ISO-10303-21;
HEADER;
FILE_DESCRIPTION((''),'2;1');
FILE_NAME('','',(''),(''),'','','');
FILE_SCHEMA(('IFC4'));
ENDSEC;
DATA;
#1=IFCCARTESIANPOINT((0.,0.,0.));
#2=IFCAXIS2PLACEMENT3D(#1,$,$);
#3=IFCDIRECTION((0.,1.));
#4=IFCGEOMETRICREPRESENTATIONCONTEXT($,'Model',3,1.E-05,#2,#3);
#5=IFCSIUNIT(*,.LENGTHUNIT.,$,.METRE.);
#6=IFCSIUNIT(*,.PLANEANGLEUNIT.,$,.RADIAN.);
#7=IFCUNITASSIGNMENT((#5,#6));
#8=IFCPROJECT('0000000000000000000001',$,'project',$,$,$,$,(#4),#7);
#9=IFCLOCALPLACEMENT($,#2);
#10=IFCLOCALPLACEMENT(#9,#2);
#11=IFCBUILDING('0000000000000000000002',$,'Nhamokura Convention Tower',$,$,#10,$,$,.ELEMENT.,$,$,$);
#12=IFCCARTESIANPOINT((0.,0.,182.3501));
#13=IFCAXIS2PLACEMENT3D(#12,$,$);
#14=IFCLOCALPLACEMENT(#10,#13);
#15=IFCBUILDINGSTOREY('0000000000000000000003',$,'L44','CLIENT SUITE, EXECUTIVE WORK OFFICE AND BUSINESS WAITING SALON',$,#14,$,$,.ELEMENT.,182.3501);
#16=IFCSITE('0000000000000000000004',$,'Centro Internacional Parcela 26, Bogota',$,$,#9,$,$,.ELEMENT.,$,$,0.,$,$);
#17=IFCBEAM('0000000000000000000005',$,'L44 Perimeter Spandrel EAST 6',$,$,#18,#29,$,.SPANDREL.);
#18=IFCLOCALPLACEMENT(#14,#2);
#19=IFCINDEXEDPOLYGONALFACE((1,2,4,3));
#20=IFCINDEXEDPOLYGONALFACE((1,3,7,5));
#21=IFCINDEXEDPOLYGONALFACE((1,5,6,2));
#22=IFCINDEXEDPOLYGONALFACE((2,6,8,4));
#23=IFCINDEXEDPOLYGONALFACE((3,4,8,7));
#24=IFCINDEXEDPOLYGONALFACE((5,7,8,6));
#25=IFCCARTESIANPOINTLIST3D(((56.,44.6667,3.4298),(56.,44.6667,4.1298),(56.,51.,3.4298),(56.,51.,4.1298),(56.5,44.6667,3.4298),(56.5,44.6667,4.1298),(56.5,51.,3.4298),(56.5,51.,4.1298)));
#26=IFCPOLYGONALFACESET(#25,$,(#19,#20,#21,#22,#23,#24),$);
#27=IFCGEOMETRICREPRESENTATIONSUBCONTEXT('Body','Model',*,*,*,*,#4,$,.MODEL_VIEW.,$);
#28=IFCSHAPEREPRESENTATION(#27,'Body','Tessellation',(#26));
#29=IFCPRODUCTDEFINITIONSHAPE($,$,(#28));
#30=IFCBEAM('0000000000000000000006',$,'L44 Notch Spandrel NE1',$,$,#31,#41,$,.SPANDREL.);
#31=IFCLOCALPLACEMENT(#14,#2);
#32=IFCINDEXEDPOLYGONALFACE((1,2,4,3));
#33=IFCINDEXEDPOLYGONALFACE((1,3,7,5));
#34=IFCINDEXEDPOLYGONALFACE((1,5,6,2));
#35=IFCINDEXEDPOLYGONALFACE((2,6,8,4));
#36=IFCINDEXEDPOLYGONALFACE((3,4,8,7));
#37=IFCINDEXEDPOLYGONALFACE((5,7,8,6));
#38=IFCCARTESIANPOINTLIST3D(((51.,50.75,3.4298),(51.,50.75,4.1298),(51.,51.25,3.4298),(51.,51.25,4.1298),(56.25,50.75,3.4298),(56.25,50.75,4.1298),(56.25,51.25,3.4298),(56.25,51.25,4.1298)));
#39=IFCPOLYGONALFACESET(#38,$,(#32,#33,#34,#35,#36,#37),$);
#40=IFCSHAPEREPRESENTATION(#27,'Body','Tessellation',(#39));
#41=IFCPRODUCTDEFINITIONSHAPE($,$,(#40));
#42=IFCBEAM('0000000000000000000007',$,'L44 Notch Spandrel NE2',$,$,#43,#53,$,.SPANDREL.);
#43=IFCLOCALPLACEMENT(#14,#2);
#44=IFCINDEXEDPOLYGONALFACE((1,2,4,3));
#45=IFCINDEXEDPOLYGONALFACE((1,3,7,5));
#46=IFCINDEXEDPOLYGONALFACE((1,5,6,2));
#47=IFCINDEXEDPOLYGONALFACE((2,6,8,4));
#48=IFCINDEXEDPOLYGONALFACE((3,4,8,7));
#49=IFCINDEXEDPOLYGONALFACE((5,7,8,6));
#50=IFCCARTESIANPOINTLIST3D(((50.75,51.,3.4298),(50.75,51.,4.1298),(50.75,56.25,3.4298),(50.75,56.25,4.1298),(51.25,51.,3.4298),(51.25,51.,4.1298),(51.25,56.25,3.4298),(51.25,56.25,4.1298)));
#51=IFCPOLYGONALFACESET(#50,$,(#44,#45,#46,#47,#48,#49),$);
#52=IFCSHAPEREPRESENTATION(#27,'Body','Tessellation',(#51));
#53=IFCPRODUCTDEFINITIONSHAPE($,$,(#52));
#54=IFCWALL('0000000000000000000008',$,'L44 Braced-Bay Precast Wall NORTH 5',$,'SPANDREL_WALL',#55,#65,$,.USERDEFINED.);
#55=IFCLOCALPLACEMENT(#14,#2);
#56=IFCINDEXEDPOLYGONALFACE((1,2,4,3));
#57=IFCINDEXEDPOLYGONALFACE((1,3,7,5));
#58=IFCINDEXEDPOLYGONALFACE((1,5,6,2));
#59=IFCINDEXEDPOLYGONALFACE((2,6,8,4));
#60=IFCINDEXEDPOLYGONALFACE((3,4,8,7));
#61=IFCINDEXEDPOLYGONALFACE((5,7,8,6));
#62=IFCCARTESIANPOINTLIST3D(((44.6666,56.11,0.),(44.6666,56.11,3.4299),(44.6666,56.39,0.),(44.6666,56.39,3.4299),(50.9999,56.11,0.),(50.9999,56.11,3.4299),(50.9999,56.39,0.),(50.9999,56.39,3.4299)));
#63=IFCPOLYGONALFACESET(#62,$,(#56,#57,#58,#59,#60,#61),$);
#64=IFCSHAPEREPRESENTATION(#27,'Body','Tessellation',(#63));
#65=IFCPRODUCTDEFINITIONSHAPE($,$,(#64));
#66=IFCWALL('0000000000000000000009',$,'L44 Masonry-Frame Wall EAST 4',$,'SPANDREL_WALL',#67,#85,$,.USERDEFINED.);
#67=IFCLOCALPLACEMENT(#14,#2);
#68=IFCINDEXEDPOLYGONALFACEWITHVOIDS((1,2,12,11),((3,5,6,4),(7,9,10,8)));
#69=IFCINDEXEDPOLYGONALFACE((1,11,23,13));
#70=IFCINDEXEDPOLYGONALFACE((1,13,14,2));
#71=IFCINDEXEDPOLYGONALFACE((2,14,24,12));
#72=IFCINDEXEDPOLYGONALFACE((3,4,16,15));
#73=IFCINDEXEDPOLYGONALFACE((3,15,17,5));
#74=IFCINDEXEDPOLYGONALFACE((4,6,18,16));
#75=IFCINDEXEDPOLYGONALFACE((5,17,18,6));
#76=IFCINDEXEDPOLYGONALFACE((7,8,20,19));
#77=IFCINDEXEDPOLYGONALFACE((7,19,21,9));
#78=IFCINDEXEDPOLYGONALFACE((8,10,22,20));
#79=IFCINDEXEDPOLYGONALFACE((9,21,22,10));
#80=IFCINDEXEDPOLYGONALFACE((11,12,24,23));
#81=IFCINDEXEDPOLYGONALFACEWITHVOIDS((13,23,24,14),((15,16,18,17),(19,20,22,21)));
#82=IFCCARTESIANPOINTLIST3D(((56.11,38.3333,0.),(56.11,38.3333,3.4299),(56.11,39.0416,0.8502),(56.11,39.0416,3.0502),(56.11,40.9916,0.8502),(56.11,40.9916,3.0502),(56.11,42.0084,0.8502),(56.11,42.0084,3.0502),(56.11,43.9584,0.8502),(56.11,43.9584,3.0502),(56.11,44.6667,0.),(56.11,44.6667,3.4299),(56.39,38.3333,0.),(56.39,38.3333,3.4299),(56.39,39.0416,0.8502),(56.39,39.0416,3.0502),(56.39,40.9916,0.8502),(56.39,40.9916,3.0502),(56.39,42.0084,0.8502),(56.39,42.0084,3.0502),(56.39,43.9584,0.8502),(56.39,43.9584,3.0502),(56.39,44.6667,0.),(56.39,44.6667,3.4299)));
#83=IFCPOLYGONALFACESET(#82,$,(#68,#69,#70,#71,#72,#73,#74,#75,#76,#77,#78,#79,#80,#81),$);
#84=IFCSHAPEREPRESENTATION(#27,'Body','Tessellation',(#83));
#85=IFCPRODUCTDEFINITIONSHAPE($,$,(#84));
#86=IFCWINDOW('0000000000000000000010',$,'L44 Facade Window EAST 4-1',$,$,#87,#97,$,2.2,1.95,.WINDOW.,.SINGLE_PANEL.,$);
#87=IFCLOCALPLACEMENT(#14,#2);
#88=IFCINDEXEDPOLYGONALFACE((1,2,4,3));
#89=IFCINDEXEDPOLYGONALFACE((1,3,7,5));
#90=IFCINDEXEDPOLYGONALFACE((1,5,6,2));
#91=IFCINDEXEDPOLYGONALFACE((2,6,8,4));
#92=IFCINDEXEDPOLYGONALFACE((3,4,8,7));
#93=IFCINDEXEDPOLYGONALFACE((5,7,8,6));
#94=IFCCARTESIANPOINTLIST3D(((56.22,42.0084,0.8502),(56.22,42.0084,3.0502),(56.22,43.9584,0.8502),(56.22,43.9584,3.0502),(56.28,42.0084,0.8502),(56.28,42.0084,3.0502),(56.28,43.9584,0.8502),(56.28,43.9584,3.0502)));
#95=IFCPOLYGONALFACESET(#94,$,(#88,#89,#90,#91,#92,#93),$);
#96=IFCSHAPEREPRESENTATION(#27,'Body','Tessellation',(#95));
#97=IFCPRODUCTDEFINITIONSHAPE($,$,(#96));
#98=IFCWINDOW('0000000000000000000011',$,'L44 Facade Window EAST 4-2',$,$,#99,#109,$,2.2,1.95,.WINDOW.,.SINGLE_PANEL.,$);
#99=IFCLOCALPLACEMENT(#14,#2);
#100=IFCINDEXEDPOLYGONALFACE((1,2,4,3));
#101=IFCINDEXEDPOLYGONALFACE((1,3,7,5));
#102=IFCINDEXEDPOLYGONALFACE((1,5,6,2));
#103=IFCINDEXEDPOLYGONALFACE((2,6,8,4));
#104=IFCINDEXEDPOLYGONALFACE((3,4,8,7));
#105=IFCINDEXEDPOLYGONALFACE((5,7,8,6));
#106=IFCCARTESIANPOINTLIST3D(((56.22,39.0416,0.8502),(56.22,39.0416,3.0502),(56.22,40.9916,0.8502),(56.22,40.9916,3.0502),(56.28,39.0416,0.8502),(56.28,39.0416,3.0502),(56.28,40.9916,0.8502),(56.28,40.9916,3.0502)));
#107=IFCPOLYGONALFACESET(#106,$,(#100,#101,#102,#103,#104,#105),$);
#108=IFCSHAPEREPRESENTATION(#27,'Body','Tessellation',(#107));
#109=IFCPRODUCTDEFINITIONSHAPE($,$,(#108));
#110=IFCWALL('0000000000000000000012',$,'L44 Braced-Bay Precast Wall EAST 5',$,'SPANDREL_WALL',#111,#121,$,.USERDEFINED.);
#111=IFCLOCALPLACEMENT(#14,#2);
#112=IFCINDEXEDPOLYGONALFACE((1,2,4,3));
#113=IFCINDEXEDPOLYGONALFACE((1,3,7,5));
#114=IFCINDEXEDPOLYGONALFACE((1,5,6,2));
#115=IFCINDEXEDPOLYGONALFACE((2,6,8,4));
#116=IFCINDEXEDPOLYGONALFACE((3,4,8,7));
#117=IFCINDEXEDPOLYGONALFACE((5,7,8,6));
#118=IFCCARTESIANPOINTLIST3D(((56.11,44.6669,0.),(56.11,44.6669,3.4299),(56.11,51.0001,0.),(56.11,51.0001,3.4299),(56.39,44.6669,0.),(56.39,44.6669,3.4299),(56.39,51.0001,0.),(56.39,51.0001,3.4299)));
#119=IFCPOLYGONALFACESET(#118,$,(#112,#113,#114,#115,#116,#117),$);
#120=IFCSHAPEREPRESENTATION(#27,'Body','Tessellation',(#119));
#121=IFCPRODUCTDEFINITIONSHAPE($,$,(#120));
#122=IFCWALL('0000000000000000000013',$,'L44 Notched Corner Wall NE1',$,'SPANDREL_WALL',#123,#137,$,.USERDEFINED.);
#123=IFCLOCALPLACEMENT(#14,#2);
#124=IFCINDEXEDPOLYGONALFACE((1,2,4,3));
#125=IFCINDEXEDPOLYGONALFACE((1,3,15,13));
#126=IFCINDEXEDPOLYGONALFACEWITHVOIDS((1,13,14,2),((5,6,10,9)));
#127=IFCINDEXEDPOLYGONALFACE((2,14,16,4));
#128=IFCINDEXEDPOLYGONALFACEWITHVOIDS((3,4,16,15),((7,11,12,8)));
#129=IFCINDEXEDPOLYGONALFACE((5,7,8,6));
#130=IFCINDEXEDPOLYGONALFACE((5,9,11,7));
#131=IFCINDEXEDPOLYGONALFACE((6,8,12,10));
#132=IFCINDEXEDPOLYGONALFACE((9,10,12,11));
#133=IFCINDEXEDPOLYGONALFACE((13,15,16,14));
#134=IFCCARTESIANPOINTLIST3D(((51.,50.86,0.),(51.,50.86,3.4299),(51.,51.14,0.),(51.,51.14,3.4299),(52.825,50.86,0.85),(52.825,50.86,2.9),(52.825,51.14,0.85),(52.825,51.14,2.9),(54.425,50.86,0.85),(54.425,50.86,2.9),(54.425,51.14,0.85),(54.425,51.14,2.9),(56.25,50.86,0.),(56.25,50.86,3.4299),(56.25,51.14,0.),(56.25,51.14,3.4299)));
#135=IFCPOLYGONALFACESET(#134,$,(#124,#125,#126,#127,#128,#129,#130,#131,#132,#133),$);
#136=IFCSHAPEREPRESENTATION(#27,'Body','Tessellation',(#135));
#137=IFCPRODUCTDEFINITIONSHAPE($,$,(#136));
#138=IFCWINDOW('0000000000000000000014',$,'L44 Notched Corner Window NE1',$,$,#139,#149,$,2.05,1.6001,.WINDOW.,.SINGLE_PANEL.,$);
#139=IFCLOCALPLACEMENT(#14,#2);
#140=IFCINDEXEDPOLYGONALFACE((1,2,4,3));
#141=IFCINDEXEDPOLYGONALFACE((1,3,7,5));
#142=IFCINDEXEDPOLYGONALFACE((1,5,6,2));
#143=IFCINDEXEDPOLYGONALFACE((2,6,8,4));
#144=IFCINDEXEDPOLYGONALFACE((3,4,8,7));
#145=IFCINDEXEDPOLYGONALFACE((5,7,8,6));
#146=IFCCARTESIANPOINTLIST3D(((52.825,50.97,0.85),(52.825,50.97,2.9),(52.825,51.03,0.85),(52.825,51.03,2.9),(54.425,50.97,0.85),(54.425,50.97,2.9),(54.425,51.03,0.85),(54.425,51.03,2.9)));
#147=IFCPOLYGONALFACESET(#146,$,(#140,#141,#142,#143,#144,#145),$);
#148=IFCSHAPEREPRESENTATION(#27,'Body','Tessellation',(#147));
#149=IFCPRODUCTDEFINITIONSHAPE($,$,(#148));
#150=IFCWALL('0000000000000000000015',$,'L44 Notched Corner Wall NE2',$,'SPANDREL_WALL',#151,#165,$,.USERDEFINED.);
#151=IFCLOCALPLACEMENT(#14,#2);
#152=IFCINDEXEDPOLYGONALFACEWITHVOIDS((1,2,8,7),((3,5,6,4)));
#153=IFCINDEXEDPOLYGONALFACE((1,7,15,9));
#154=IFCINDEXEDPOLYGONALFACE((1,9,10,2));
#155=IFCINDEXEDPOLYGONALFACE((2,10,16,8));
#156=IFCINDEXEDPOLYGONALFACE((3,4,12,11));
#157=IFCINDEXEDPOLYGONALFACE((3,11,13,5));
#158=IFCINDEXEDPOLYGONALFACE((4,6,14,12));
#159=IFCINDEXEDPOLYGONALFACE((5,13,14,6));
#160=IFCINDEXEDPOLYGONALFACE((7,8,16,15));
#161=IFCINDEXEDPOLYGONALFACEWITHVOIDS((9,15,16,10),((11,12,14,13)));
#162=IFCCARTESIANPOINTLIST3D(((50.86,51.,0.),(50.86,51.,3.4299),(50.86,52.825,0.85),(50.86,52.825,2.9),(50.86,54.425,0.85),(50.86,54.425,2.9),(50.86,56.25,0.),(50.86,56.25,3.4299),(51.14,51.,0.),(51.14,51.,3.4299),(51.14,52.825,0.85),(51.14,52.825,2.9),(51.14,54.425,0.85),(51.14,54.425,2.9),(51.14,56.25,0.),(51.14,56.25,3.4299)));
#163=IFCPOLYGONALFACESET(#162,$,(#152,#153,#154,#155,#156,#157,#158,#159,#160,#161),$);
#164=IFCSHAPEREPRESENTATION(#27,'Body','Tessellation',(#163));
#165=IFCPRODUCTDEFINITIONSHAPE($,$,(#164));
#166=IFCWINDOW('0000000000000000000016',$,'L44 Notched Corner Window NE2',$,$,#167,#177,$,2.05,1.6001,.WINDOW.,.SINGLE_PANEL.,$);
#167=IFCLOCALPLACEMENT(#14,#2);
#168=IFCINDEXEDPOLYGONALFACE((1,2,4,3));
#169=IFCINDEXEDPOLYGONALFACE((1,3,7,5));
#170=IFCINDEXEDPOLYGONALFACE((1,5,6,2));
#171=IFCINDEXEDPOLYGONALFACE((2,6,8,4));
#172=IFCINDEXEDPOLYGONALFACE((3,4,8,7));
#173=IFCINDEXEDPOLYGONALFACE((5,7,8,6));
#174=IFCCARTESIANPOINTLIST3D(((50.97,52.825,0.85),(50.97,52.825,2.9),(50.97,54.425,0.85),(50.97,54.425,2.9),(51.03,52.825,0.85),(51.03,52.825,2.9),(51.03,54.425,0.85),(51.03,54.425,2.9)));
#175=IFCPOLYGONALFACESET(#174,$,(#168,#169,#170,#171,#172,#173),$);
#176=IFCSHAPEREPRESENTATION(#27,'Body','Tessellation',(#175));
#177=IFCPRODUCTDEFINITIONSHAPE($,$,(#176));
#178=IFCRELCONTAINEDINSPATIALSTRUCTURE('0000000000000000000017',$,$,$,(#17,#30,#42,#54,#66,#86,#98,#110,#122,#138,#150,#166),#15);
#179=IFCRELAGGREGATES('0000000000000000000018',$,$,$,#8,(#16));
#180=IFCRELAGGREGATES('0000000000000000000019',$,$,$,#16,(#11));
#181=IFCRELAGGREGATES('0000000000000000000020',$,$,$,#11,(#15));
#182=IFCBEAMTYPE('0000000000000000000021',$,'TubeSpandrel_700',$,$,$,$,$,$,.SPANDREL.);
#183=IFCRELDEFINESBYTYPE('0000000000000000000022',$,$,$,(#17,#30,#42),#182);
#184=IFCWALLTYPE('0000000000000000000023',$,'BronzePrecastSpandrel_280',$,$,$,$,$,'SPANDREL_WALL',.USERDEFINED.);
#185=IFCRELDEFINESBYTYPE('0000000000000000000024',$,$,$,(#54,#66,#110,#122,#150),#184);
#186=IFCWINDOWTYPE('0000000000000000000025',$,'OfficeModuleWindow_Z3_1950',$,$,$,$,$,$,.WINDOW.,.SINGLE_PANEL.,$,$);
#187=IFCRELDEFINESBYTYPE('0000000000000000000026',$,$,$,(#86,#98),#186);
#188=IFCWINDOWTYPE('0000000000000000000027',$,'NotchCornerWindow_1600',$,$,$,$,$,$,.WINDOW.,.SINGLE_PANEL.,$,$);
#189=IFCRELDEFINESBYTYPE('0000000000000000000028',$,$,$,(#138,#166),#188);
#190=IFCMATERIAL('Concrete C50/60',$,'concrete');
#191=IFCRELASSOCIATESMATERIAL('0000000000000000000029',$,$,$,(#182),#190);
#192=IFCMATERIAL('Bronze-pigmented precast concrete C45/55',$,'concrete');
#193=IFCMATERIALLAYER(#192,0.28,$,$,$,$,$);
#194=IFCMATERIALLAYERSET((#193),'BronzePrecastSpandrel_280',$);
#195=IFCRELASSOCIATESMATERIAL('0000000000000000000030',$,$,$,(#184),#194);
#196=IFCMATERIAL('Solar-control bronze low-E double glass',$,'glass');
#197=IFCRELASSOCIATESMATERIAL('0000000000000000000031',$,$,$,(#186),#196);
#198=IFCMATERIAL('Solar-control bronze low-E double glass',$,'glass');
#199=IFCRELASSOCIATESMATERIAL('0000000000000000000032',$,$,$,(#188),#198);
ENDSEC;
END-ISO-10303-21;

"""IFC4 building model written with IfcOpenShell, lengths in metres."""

from ifc_helpers import new_model, si_unit, direction, frame, frame_2d, origin, origin_2d, place, context, subcontext, project, spatial, rectangle, extrude, material, layer, layer_set, material_profile, profile_set, type_object, element, fill, save


model = new_model("IFC4")

# Units and contexts
model_context = context("Model", 3, precision=1e-05, world=origin(), true_north=direction((0.0, 1.0)))
body_context = subcontext(model_context, "Body", "Model", "MODEL_VIEW")
ifc_project = project(units=[si_unit("LENGTHUNIT", "METRE"), si_unit("PLANEANGLEUNIT", "RADIAN")], contexts=[model_context])

# Site, building, storey
site_placement = place(None, origin())
site = spatial("IfcSite", under=ifc_project, at=site_placement, Name="Centro Internacional Parcela 26, Bogota", CompositionType="ELEMENT", RefElevation=0.0)
building_placement = place(site_placement, origin())
building = spatial("IfcBuilding", under=site, at=building_placement, Name="Nhamokura Convention Tower", CompositionType="ELEMENT")
storey_placement = place(building_placement, frame((0.0, 0.0, 182.3501)))
storey = spatial("IfcBuildingStorey", under=building, at=storey_placement, Name="L44", Description="CLIENT SUITE, EXECUTIVE WORK OFFICE AND BUSINESS WAITING SALON", CompositionType="ELEMENT", Elevation=182.3501)

# Beams
ifc_material_1 = material(Name="Concrete C50/60", Category="concrete")
ifc_material_profile_1 = material_profile(ifc_material_1, rectangle(XDim=0.5, YDim=0.7, at=origin_2d()))
ifc_profile_set_1 = profile_set([ifc_material_profile_1], Name="Concrete C50/60")
beam_type = type_object("IfcBeamType", Name="TubeSpandrel_700", PredefinedType="SPANDREL", material=ifc_profile_set_1)
beam_1_placement = place(storey_placement, frame((56.25, 44.6667, 3.7798), z_axis=(0.0, 1.0, 0.0), x_axis=(-1.0, 0.0, 0.0)))
element("IfcBeam", 1, at=beam_1_placement, inside=storey, type_object=beam_type, Name="L44 Perimeter Spandrel EAST 6", PredefinedType="SPANDREL", context=body_context, shape_type="SweptSolid", body=[
    extrude(rectangle(XDim=0.5, YDim=0.7, at=origin_2d()), origin(), (0.0, 0.0, 1.0), 6.3333),
])
for number, where, z_axis, x_axis, name in (
    (2, (56.25, 51.0, 3.7798), (-1.0, 0.0, 0.0), (0.0, -1.0, 0.0), "L44 Notch Spandrel NE1"),
    (3, (51.0, 51.0, 3.7798), (0.0, 1.0, 0.0), (-1.0, 0.0, 0.0), "L44 Notch Spandrel NE2"),
):
    element("IfcBeam", number, at=place(storey_placement, frame(where, z_axis=z_axis, x_axis=x_axis)), inside=storey, type_object=beam_type, Name=name, PredefinedType="SPANDREL", context=body_context, shape_type="SweptSolid", body=[
        extrude(rectangle(XDim=0.5, YDim=0.7, at=origin_2d()), origin(), (0.0, 0.0, 1.0), 5.25),
    ])

# Wall
ifc_material_2 = material(Name="Bronze-pigmented precast concrete C45/55", Category="concrete")
ifc_layer_1 = layer(ifc_material_2, 0.28)
ifc_layer_set_1 = layer_set([ifc_layer_1], Name="BronzePrecastSpandrel_280")
wall_type_1 = type_object("IfcWallType", Name="BronzePrecastSpandrel_280", ElementType="SPANDREL_WALL", PredefinedType="USERDEFINED", material=ifc_layer_set_1)
wall_1_placement = place(storey_placement, frame((44.6667, 56.25, 0.0), z_axis=(0.0, 0.0, 1.0), x_axis=(1.0, 0.0, 0.0)))
element("IfcWall", 4, at=wall_1_placement, inside=storey, type_object=wall_type_1, Name="L44 Braced-Bay Precast Wall NORTH 5", ObjectType="SPANDREL_WALL", PredefinedType="USERDEFINED", context=body_context, shape_type="SweptSolid", body=[
    extrude(rectangle(XDim=6.3333, YDim=0.28, at=frame_2d((3.1665, 0.0))), origin(), (0.0, 0.0, 1.0), 3.4299),
])

# Wall, openings, windows
wall_2_placement = place(storey_placement, frame((56.25, 44.6667, 0.0), z_axis=(0.0, 0.0, 1.0), x_axis=(0.0, -1.0, 0.0)))
wall_2 = element("IfcWall", 5, at=wall_2_placement, inside=storey, type_object=wall_type_1, Name="L44 Masonry-Frame Wall EAST 4", ObjectType="SPANDREL_WALL", PredefinedType="USERDEFINED", context=body_context, shape_type="SweptSolid", body=[
    extrude(rectangle(XDim=6.3335, YDim=0.28, at=frame_2d((3.1667, 0.0))), origin(), (0.0, 0.0, 1.0), 3.4299),
])
opening_1_placement = place(wall_2_placement, frame((0.7083, 0.0, 0.8501)))
opening_1 = element("IfcOpeningElement", 6, at=opening_1_placement, cuts=wall_2, PredefinedType="OPENING", context=body_context, shape_type="SweptSolid", body=[
    extrude(rectangle(XDim=1.95, YDim=2.2, at=frame_2d((0.9751, 1.1001))), frame((0.0, 0.1499, 0.0), z_axis=(0.0, -1.0, 0.0), x_axis=(1.0, 0.0, 0.0)), (0.0, 0.0, 1.0), 0.3),
])
opening_2_placement = place(wall_2_placement, frame((3.675, 0.0, 0.8501)))
opening_2 = element("IfcOpeningElement", 7, at=opening_2_placement, cuts=wall_2, PredefinedType="OPENING", context=body_context, shape_type="SweptSolid", body=[
    extrude(rectangle(XDim=1.95, YDim=2.2, at=frame_2d((0.9751, 1.1001))), frame((0.0, 0.1499, 0.0), z_axis=(0.0, -1.0, 0.0), x_axis=(1.0, 0.0, 0.0)), (0.0, 0.0, 1.0), 0.3),
])
ifc_material_3 = material(Name="Solar-control bronze low-E double glass", Category="glass")
window_type_1 = type_object("IfcWindowType", Name="OfficeModuleWindow_Z3_1950", PartitioningType="SINGLE_PANEL", PredefinedType="WINDOW", material=ifc_material_3)
window_1_placement = place(opening_1_placement, origin())
window_1 = element("IfcWindow", 8, at=window_1_placement, inside=storey, type_object=window_type_1, Name="L44 Facade Window EAST 4-1", OverallHeight=2.2, OverallWidth=1.95, PartitioningType="SINGLE_PANEL", PredefinedType="WINDOW", context=body_context, shape_type="SweptSolid", body=[
    extrude(rectangle(XDim=1.95, YDim=2.2, at=frame_2d((0.9751, 1.1001))), frame((0.0, 0.03, 0.0), z_axis=(0.0, -1.0, 0.0), x_axis=(1.0, 0.0, 0.0)), (0.0, 0.0, 1.0), 0.0601),
])
fill(opening_1, window_1)
window_2_placement = place(opening_2_placement, origin())
window_2 = element("IfcWindow", 9, at=window_2_placement, inside=storey, type_object=window_type_1, Name="L44 Facade Window EAST 4-2", OverallHeight=2.2, OverallWidth=1.95, PartitioningType="SINGLE_PANEL", PredefinedType="WINDOW", context=body_context, shape_type="SweptSolid", body=[
    extrude(rectangle(XDim=1.95, YDim=2.2, at=frame_2d((0.9751, 1.1001))), frame((0.0, 0.03, 0.0), z_axis=(0.0, -1.0, 0.0), x_axis=(1.0, 0.0, 0.0)), (0.0, 0.0, 1.0), 0.0601),
])
fill(opening_2, window_2)

# Wall
wall_3_placement = place(storey_placement, frame((56.25, 51.0, 0.0), z_axis=(0.0, 0.0, 1.0), x_axis=(0.0, -1.0, 0.0)))
element("IfcWall", 10, at=wall_3_placement, inside=storey, type_object=wall_type_1, Name="L44 Braced-Bay Precast Wall EAST 5", ObjectType="SPANDREL_WALL", PredefinedType="USERDEFINED", context=body_context, shape_type="SweptSolid", body=[
    extrude(rectangle(XDim=6.3333, YDim=0.28, at=frame_2d((3.1665, 0.0))), origin(), (0.0, 0.0, 1.0), 3.4299),
])

# Walls, openings, windows
wall_4_placement = place(storey_placement, frame((51.0, 51.0, 0.0), z_axis=(0.0, 0.0, 1.0), x_axis=(1.0, 0.0, 0.0)))
wall_4 = element("IfcWall", 11, at=wall_4_placement, inside=storey, type_object=wall_type_1, Name="L44 Notched Corner Wall NE1", ObjectType="SPANDREL_WALL", PredefinedType="USERDEFINED", context=body_context, shape_type="SweptSolid", body=[
    extrude(rectangle(XDim=5.25, YDim=0.28, at=frame_2d((2.625, 0.0))), origin(), (0.0, 0.0, 1.0), 3.4299),
])
opening_3_placement = place(wall_4_placement, frame((1.825, 0.0, 0.8501)))
opening_3 = element("IfcOpeningElement", 12, at=opening_3_placement, cuts=wall_4, PredefinedType="OPENING", context=body_context, shape_type="SweptSolid", body=[
    extrude(rectangle(XDim=1.6001, YDim=2.05, at=frame_2d((0.8, 1.0249))), frame((0.0, 0.1499, 0.0), z_axis=(0.0, -1.0, 0.0), x_axis=(1.0, 0.0, 0.0)), (0.0, 0.0, 1.0), 0.3),
])
ifc_material_4 = material(Name="Solar-control bronze low-E double glass", Category="glass")
window_type_2 = type_object("IfcWindowType", Name="NotchCornerWindow_1600", PartitioningType="SINGLE_PANEL", PredefinedType="WINDOW", material=ifc_material_4)
window_3_placement = place(opening_3_placement, origin())
window_3 = element("IfcWindow", 13, at=window_3_placement, inside=storey, type_object=window_type_2, Name="L44 Notched Corner Window NE1", OverallHeight=2.05, OverallWidth=1.6001, PartitioningType="SINGLE_PANEL", PredefinedType="WINDOW", context=body_context, shape_type="SweptSolid", body=[
    extrude(rectangle(XDim=1.6001, YDim=2.05, at=frame_2d((0.8, 1.0249))), frame((0.0, 0.03, 0.0), z_axis=(0.0, -1.0, 0.0), x_axis=(1.0, 0.0, 0.0)), (0.0, 0.0, 1.0), 0.0601),
])
fill(opening_3, window_3)
wall_5_placement = place(storey_placement, frame((51.0, 56.25, 0.0), z_axis=(0.0, 0.0, 1.0), x_axis=(0.0, -1.0, 0.0)))
wall_5 = element("IfcWall", 14, at=wall_5_placement, inside=storey, type_object=wall_type_1, Name="L44 Notched Corner Wall NE2", ObjectType="SPANDREL_WALL", PredefinedType="USERDEFINED", context=body_context, shape_type="SweptSolid", body=[
    extrude(rectangle(XDim=5.25, YDim=0.28, at=frame_2d((2.625, 0.0))), origin(), (0.0, 0.0, 1.0), 3.4299),
])
opening_4_placement = place(wall_5_placement, frame((1.825, 0.0, 0.8501)))
opening_4 = element("IfcOpeningElement", 15, at=opening_4_placement, cuts=wall_5, PredefinedType="OPENING", context=body_context, shape_type="SweptSolid", body=[
    extrude(rectangle(XDim=1.6001, YDim=2.05, at=frame_2d((0.8, 1.0249))), frame((0.0, 0.1499, 0.0), z_axis=(0.0, -1.0, 0.0), x_axis=(1.0, 0.0, 0.0)), (0.0, 0.0, 1.0), 0.3),
])
window_4_placement = place(opening_4_placement, origin())
window_4 = element("IfcWindow", 16, at=window_4_placement, inside=storey, type_object=window_type_2, Name="L44 Notched Corner Window NE2", OverallHeight=2.05, OverallWidth=1.6001, PartitioningType="SINGLE_PANEL", PredefinedType="WINDOW", context=body_context, shape_type="SweptSolid", body=[
    extrude(rectangle(XDim=1.6001, YDim=2.05, at=frame_2d((0.8, 1.0249))), frame((0.0, 0.03, 0.0), z_axis=(0.0, -1.0, 0.0), x_axis=(1.0, 0.0, 0.0)), (0.0, 0.0, 1.0), 0.0601),
])
fill(opening_4, window_4)

save(model, "model.ifc")
